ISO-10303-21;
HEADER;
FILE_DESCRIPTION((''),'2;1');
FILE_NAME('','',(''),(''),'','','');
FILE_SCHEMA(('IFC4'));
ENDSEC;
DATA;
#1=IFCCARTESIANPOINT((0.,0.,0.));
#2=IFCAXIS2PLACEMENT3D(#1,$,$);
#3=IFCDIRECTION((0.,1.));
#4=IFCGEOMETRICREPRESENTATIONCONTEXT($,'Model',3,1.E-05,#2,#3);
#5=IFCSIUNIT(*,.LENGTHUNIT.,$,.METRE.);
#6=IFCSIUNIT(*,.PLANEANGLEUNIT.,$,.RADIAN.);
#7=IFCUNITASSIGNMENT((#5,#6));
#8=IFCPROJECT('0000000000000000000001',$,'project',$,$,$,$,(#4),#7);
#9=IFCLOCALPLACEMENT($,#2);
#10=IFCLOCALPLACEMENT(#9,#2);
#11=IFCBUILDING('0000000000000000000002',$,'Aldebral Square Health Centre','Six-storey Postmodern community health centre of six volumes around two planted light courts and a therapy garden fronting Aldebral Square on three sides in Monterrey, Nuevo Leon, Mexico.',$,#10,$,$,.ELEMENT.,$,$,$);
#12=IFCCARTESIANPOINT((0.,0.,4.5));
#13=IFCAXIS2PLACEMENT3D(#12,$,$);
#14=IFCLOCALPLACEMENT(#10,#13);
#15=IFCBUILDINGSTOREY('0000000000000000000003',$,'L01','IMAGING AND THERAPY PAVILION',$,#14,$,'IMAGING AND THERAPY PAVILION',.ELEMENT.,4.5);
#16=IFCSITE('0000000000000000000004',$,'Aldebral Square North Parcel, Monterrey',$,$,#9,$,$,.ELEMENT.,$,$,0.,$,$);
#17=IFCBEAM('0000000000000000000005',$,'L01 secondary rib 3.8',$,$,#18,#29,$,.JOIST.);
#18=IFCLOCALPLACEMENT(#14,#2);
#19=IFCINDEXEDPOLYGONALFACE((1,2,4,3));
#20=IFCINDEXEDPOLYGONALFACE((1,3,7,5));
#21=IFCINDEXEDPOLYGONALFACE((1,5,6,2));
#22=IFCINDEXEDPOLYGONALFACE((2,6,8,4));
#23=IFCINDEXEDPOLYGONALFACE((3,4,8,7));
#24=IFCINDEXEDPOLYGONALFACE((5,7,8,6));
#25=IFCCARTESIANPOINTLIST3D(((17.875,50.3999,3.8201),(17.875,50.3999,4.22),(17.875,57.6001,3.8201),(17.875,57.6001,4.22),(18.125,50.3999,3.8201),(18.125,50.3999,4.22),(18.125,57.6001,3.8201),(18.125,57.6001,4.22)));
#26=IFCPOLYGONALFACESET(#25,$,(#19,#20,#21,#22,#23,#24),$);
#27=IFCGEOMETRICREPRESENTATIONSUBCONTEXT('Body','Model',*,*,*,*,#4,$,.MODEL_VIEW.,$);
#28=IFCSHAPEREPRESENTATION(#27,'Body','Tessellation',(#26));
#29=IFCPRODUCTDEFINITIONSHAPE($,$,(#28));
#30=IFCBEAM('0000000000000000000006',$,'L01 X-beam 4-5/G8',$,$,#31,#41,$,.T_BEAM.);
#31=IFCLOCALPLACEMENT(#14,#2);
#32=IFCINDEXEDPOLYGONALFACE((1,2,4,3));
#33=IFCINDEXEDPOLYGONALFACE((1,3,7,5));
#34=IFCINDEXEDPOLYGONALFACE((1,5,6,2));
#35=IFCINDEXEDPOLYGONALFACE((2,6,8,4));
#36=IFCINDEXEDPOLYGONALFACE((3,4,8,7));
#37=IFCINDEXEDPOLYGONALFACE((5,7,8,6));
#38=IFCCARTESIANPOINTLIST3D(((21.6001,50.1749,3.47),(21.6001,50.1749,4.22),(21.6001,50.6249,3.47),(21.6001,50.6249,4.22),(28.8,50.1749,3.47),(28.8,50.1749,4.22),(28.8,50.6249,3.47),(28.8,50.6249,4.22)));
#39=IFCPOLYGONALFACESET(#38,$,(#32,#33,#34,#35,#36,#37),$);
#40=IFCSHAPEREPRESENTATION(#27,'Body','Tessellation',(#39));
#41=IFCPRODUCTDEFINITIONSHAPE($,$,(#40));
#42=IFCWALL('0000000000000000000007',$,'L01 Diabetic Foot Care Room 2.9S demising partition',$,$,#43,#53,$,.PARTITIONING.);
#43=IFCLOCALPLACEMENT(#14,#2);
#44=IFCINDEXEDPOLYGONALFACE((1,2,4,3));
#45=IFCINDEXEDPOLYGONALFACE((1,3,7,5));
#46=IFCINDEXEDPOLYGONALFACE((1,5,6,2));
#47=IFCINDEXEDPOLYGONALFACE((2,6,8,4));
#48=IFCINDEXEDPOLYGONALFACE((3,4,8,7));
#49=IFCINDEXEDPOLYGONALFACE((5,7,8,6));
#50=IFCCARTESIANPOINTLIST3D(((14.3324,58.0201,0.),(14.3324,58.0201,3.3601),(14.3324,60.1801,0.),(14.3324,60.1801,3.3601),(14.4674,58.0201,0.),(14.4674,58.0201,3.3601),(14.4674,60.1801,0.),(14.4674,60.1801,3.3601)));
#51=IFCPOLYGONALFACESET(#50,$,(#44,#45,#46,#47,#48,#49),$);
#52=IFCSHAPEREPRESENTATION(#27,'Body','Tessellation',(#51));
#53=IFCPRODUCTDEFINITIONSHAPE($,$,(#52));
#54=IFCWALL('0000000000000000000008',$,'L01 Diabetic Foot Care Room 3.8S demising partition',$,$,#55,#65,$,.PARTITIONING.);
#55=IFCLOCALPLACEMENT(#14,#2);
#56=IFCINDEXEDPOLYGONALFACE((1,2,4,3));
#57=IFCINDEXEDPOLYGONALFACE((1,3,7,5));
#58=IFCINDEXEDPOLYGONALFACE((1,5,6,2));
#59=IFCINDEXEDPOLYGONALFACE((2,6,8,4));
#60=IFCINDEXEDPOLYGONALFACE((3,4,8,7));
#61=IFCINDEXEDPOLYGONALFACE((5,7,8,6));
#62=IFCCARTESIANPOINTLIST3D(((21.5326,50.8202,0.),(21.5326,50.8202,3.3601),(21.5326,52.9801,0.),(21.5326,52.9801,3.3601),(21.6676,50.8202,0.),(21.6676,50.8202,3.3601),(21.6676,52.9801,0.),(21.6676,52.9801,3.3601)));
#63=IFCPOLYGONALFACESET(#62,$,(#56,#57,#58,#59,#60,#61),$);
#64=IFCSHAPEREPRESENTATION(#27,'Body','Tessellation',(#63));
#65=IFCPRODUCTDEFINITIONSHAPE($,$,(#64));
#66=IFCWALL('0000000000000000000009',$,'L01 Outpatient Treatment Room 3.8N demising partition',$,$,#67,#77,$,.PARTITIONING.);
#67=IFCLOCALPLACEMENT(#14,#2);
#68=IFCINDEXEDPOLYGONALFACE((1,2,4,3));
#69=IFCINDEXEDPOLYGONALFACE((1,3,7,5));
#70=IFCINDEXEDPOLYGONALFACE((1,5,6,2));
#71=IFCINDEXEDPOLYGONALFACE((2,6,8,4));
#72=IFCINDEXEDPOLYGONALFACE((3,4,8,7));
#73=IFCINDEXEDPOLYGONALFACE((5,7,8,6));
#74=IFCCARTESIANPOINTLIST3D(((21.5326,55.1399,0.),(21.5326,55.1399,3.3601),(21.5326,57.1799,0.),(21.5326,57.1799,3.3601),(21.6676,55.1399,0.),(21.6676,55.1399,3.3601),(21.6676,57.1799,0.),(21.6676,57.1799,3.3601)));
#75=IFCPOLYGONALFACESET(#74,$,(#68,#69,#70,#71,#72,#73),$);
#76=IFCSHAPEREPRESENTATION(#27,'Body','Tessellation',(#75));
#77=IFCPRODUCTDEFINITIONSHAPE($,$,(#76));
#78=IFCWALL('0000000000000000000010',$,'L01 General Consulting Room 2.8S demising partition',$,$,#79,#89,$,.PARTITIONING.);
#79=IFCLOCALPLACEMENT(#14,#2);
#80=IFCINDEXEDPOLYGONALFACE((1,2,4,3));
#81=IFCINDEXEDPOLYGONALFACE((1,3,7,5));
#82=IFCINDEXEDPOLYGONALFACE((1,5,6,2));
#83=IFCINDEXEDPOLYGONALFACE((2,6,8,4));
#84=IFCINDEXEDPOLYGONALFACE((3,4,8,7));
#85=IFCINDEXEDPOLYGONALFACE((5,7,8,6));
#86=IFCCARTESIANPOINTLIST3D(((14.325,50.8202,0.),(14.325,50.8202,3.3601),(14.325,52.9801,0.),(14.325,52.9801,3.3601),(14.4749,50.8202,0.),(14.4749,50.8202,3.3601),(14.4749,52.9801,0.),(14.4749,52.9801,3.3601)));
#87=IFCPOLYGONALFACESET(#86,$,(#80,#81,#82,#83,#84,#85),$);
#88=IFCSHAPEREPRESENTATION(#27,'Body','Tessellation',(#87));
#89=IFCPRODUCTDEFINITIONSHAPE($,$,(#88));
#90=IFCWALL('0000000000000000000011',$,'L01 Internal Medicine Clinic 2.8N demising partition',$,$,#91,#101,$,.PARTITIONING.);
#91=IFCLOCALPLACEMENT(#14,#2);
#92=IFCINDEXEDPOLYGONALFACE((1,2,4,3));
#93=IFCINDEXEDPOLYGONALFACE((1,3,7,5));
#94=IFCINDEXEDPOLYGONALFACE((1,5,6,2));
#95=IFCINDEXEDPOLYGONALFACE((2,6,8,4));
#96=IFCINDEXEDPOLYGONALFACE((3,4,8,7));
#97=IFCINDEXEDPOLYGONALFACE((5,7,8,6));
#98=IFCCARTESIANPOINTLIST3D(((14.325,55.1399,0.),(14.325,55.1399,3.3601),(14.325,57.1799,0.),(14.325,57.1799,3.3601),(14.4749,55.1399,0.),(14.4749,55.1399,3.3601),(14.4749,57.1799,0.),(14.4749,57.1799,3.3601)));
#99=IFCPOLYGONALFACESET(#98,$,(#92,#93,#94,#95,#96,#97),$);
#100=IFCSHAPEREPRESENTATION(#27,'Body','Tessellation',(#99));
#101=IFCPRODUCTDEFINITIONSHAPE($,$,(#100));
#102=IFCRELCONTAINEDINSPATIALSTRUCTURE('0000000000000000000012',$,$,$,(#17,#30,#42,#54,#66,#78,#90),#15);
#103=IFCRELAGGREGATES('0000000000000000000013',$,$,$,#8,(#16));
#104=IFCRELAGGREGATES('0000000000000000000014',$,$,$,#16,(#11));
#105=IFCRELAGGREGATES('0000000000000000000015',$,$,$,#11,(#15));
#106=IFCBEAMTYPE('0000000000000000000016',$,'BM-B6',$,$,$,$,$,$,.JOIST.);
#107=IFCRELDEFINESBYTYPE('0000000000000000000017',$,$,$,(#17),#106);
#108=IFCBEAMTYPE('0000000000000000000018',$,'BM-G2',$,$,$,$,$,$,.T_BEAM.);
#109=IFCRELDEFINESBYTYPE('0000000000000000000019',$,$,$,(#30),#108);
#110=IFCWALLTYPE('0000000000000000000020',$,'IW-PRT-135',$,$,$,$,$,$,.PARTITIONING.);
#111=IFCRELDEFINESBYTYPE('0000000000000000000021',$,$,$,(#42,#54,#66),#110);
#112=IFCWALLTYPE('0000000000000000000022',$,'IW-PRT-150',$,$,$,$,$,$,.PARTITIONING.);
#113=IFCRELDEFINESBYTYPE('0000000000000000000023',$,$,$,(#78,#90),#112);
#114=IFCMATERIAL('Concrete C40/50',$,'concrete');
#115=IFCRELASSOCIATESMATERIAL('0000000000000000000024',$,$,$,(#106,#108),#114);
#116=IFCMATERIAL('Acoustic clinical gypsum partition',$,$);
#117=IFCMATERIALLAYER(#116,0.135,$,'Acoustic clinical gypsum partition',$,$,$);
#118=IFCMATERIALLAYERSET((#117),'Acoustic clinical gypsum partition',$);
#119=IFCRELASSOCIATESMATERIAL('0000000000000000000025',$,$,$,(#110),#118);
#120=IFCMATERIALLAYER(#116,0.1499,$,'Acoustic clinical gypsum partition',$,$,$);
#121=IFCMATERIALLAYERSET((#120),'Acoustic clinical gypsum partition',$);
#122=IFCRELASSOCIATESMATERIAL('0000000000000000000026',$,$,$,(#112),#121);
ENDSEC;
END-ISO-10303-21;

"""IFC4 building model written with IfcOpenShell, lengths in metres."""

from ifc_helpers import new_model, si_unit, direction, frame, frame_2d, origin, origin_2d, place, context, subcontext, project, spatial, rectangle, extrude, material, layer, layer_set, material_profile, profile_set, type_object, element, save


model = new_model("IFC4")

# Units and contexts
model_context = context("Model", 3, precision=1e-05, world=origin(), true_north=direction((0.0, 1.0)))
body_context = subcontext(model_context, "Body", "Model", "MODEL_VIEW")
ifc_project = project(units=[si_unit("LENGTHUNIT", "METRE"), si_unit("PLANEANGLEUNIT", "RADIAN")], contexts=[model_context])

# Site, building, storey
site_placement = place(None, origin())
site = spatial("IfcSite", under=ifc_project, at=site_placement, Name="Aldebral Square North Parcel, Monterrey", CompositionType="ELEMENT", RefElevation=0.0)
building_placement = place(site_placement, origin())
building = spatial("IfcBuilding", under=site, at=building_placement, Name="Aldebral Square Health Centre", Description="Six-storey Postmodern community health centre of six volumes around two planted light courts and a therapy garden fronting Aldebral Square on three sides in Monterrey, Nuevo Leon, Mexico.", CompositionType="ELEMENT")
storey_placement = place(building_placement, frame((0.0, 0.0, 4.5)))
storey = spatial("IfcBuildingStorey", under=building, at=storey_placement, Name="L01", Description="IMAGING AND THERAPY PAVILION", LongName="IMAGING AND THERAPY PAVILION", CompositionType="ELEMENT", Elevation=4.5)

# Shared definitions
ifc_material_1 = material(Name="Concrete C40/50", Category="concrete")

# Beams
ifc_material_profile_1 = material_profile(ifc_material_1, rectangle(XDim=0.25, YDim=0.3999, at=origin_2d()), Name="RC 250x400")
ifc_profile_set_1 = profile_set([ifc_material_profile_1], Name="Concrete C40/50")
beam_type_1 = type_object("IfcBeamType", Name="BM-B6", PredefinedType="JOIST", material=ifc_profile_set_1)
beam_1_placement = place(storey_placement, frame((18.0, 50.3999, 4.02), z_axis=(0.0, 1.0, 0.0), x_axis=(-1.0, 0.0, 0.0)))
element("IfcBeam", 1, at=beam_1_placement, inside=storey, type_object=beam_type_1, Name="L01 secondary rib 3.8", PredefinedType="JOIST", context=body_context, shape_type="SweptSolid", body=[
    extrude(rectangle(XDim=0.25, YDim=0.3999, at=origin_2d()), origin(), (0.0, 0.0, 1.0), 7.2002),
])
ifc_material_profile_2 = material_profile(ifc_material_1, rectangle(XDim=0.45, YDim=0.75, at=origin_2d()), Name="RC 450x750")
ifc_profile_set_2 = profile_set([ifc_material_profile_2], Name="Concrete C40/50")
beam_type_2 = type_object("IfcBeamType", Name="BM-G2", PredefinedType="T_BEAM", material=ifc_profile_set_2)
beam_2_placement = place(storey_placement, frame((21.6001, 50.3999, 3.845), z_axis=(1.0, 0.0, 0.0), x_axis=(0.0, 1.0, 0.0)))
element("IfcBeam", 2, at=beam_2_placement, inside=storey, type_object=beam_type_2, Name="L01 X-beam 4-5/G8", PredefinedType="T_BEAM", context=body_context, shape_type="SweptSolid", body=[
    extrude(rectangle(XDim=0.45, YDim=0.75, at=origin_2d()), origin(), (0.0, 0.0, 1.0), 7.2),
])

# Walls
ifc_material_2 = material(Name="Acoustic clinical gypsum partition")
ifc_layer_1 = layer(ifc_material_2, 0.135, Name="Acoustic clinical gypsum partition")
ifc_layer_set_1 = layer_set([ifc_layer_1], Name="Acoustic clinical gypsum partition")
wall_type_1 = type_object("IfcWallType", Name="IW-PRT-135", PredefinedType="PARTITIONING", material=ifc_layer_set_1)
for number, where, z_axis, x_axis, name in (
    (3, (14.3999, 58.02, 0.0), (0.0, 0.0, 1.0), (0.0, 1.0, 0.0), "L01 Diabetic Foot Care Room 2.9S demising partition"),
    (4, (21.6001, 50.8201, 0.0), (0.0, 0.0, 1.0), (0.0, 1.0, 0.0), "L01 Diabetic Foot Care Room 3.8S demising partition"),
):
    element("IfcWall", number, at=place(storey_placement, frame(where, z_axis=z_axis, x_axis=x_axis)), inside=storey, type_object=wall_type_1, Name=name, PredefinedType="PARTITIONING", context=body_context, shape_type="SweptSolid", body=[
        extrude(rectangle(XDim=2.1599, YDim=0.135, at=frame_2d((1.0801, 0.0))), origin(), (0.0, 0.0, 1.0), 3.3601),
    ])
wall_1_placement = place(storey_placement, frame((21.6001, 55.1399, 0.0), z_axis=(0.0, 0.0, 1.0), x_axis=(0.0, 1.0, 0.0)))
element("IfcWall", 5, at=wall_1_placement, inside=storey, type_object=wall_type_1, Name="L01 Outpatient Treatment Room 3.8N demising partition", PredefinedType="PARTITIONING", context=body_context, shape_type="SweptSolid", body=[
    extrude(rectangle(XDim=2.04, YDim=0.135, at=frame_2d((1.02, 0.0))), origin(), (0.0, 0.0, 1.0), 3.3601),
])
ifc_layer_2 = layer(ifc_material_2, 0.1499, Name="Acoustic clinical gypsum partition")
ifc_layer_set_2 = layer_set([ifc_layer_2], Name="Acoustic clinical gypsum partition")
wall_type_2 = type_object("IfcWallType", Name="IW-PRT-150", PredefinedType="PARTITIONING", material=ifc_layer_set_2)
wall_2_placement = place(storey_placement, frame((14.3999, 50.8201, 0.0), z_axis=(0.0, 0.0, 1.0), x_axis=(0.0, 1.0, 0.0)))
element("IfcWall", 6, at=wall_2_placement, inside=storey, type_object=wall_type_2, Name="L01 General Consulting Room 2.8S demising partition", PredefinedType="PARTITIONING", context=body_context, shape_type="SweptSolid", body=[
    extrude(rectangle(XDim=2.1599, YDim=0.1499, at=frame_2d((1.0801, 0.0))), origin(), (0.0, 0.0, 1.0), 3.3601),
])
wall_3_placement = place(storey_placement, frame((14.3999, 55.1399, 0.0), z_axis=(0.0, 0.0, 1.0), x_axis=(0.0, 1.0, 0.0)))
element("IfcWall", 7, at=wall_3_placement, inside=storey, type_object=wall_type_2, Name="L01 Internal Medicine Clinic 2.8N demising partition", PredefinedType="PARTITIONING", context=body_context, shape_type="SweptSolid", body=[
    extrude(rectangle(XDim=2.04, YDim=0.1499, at=frame_2d((1.02, 0.0))), origin(), (0.0, 0.0, 1.0), 3.3601),
])

save(model, "model.ifc")
